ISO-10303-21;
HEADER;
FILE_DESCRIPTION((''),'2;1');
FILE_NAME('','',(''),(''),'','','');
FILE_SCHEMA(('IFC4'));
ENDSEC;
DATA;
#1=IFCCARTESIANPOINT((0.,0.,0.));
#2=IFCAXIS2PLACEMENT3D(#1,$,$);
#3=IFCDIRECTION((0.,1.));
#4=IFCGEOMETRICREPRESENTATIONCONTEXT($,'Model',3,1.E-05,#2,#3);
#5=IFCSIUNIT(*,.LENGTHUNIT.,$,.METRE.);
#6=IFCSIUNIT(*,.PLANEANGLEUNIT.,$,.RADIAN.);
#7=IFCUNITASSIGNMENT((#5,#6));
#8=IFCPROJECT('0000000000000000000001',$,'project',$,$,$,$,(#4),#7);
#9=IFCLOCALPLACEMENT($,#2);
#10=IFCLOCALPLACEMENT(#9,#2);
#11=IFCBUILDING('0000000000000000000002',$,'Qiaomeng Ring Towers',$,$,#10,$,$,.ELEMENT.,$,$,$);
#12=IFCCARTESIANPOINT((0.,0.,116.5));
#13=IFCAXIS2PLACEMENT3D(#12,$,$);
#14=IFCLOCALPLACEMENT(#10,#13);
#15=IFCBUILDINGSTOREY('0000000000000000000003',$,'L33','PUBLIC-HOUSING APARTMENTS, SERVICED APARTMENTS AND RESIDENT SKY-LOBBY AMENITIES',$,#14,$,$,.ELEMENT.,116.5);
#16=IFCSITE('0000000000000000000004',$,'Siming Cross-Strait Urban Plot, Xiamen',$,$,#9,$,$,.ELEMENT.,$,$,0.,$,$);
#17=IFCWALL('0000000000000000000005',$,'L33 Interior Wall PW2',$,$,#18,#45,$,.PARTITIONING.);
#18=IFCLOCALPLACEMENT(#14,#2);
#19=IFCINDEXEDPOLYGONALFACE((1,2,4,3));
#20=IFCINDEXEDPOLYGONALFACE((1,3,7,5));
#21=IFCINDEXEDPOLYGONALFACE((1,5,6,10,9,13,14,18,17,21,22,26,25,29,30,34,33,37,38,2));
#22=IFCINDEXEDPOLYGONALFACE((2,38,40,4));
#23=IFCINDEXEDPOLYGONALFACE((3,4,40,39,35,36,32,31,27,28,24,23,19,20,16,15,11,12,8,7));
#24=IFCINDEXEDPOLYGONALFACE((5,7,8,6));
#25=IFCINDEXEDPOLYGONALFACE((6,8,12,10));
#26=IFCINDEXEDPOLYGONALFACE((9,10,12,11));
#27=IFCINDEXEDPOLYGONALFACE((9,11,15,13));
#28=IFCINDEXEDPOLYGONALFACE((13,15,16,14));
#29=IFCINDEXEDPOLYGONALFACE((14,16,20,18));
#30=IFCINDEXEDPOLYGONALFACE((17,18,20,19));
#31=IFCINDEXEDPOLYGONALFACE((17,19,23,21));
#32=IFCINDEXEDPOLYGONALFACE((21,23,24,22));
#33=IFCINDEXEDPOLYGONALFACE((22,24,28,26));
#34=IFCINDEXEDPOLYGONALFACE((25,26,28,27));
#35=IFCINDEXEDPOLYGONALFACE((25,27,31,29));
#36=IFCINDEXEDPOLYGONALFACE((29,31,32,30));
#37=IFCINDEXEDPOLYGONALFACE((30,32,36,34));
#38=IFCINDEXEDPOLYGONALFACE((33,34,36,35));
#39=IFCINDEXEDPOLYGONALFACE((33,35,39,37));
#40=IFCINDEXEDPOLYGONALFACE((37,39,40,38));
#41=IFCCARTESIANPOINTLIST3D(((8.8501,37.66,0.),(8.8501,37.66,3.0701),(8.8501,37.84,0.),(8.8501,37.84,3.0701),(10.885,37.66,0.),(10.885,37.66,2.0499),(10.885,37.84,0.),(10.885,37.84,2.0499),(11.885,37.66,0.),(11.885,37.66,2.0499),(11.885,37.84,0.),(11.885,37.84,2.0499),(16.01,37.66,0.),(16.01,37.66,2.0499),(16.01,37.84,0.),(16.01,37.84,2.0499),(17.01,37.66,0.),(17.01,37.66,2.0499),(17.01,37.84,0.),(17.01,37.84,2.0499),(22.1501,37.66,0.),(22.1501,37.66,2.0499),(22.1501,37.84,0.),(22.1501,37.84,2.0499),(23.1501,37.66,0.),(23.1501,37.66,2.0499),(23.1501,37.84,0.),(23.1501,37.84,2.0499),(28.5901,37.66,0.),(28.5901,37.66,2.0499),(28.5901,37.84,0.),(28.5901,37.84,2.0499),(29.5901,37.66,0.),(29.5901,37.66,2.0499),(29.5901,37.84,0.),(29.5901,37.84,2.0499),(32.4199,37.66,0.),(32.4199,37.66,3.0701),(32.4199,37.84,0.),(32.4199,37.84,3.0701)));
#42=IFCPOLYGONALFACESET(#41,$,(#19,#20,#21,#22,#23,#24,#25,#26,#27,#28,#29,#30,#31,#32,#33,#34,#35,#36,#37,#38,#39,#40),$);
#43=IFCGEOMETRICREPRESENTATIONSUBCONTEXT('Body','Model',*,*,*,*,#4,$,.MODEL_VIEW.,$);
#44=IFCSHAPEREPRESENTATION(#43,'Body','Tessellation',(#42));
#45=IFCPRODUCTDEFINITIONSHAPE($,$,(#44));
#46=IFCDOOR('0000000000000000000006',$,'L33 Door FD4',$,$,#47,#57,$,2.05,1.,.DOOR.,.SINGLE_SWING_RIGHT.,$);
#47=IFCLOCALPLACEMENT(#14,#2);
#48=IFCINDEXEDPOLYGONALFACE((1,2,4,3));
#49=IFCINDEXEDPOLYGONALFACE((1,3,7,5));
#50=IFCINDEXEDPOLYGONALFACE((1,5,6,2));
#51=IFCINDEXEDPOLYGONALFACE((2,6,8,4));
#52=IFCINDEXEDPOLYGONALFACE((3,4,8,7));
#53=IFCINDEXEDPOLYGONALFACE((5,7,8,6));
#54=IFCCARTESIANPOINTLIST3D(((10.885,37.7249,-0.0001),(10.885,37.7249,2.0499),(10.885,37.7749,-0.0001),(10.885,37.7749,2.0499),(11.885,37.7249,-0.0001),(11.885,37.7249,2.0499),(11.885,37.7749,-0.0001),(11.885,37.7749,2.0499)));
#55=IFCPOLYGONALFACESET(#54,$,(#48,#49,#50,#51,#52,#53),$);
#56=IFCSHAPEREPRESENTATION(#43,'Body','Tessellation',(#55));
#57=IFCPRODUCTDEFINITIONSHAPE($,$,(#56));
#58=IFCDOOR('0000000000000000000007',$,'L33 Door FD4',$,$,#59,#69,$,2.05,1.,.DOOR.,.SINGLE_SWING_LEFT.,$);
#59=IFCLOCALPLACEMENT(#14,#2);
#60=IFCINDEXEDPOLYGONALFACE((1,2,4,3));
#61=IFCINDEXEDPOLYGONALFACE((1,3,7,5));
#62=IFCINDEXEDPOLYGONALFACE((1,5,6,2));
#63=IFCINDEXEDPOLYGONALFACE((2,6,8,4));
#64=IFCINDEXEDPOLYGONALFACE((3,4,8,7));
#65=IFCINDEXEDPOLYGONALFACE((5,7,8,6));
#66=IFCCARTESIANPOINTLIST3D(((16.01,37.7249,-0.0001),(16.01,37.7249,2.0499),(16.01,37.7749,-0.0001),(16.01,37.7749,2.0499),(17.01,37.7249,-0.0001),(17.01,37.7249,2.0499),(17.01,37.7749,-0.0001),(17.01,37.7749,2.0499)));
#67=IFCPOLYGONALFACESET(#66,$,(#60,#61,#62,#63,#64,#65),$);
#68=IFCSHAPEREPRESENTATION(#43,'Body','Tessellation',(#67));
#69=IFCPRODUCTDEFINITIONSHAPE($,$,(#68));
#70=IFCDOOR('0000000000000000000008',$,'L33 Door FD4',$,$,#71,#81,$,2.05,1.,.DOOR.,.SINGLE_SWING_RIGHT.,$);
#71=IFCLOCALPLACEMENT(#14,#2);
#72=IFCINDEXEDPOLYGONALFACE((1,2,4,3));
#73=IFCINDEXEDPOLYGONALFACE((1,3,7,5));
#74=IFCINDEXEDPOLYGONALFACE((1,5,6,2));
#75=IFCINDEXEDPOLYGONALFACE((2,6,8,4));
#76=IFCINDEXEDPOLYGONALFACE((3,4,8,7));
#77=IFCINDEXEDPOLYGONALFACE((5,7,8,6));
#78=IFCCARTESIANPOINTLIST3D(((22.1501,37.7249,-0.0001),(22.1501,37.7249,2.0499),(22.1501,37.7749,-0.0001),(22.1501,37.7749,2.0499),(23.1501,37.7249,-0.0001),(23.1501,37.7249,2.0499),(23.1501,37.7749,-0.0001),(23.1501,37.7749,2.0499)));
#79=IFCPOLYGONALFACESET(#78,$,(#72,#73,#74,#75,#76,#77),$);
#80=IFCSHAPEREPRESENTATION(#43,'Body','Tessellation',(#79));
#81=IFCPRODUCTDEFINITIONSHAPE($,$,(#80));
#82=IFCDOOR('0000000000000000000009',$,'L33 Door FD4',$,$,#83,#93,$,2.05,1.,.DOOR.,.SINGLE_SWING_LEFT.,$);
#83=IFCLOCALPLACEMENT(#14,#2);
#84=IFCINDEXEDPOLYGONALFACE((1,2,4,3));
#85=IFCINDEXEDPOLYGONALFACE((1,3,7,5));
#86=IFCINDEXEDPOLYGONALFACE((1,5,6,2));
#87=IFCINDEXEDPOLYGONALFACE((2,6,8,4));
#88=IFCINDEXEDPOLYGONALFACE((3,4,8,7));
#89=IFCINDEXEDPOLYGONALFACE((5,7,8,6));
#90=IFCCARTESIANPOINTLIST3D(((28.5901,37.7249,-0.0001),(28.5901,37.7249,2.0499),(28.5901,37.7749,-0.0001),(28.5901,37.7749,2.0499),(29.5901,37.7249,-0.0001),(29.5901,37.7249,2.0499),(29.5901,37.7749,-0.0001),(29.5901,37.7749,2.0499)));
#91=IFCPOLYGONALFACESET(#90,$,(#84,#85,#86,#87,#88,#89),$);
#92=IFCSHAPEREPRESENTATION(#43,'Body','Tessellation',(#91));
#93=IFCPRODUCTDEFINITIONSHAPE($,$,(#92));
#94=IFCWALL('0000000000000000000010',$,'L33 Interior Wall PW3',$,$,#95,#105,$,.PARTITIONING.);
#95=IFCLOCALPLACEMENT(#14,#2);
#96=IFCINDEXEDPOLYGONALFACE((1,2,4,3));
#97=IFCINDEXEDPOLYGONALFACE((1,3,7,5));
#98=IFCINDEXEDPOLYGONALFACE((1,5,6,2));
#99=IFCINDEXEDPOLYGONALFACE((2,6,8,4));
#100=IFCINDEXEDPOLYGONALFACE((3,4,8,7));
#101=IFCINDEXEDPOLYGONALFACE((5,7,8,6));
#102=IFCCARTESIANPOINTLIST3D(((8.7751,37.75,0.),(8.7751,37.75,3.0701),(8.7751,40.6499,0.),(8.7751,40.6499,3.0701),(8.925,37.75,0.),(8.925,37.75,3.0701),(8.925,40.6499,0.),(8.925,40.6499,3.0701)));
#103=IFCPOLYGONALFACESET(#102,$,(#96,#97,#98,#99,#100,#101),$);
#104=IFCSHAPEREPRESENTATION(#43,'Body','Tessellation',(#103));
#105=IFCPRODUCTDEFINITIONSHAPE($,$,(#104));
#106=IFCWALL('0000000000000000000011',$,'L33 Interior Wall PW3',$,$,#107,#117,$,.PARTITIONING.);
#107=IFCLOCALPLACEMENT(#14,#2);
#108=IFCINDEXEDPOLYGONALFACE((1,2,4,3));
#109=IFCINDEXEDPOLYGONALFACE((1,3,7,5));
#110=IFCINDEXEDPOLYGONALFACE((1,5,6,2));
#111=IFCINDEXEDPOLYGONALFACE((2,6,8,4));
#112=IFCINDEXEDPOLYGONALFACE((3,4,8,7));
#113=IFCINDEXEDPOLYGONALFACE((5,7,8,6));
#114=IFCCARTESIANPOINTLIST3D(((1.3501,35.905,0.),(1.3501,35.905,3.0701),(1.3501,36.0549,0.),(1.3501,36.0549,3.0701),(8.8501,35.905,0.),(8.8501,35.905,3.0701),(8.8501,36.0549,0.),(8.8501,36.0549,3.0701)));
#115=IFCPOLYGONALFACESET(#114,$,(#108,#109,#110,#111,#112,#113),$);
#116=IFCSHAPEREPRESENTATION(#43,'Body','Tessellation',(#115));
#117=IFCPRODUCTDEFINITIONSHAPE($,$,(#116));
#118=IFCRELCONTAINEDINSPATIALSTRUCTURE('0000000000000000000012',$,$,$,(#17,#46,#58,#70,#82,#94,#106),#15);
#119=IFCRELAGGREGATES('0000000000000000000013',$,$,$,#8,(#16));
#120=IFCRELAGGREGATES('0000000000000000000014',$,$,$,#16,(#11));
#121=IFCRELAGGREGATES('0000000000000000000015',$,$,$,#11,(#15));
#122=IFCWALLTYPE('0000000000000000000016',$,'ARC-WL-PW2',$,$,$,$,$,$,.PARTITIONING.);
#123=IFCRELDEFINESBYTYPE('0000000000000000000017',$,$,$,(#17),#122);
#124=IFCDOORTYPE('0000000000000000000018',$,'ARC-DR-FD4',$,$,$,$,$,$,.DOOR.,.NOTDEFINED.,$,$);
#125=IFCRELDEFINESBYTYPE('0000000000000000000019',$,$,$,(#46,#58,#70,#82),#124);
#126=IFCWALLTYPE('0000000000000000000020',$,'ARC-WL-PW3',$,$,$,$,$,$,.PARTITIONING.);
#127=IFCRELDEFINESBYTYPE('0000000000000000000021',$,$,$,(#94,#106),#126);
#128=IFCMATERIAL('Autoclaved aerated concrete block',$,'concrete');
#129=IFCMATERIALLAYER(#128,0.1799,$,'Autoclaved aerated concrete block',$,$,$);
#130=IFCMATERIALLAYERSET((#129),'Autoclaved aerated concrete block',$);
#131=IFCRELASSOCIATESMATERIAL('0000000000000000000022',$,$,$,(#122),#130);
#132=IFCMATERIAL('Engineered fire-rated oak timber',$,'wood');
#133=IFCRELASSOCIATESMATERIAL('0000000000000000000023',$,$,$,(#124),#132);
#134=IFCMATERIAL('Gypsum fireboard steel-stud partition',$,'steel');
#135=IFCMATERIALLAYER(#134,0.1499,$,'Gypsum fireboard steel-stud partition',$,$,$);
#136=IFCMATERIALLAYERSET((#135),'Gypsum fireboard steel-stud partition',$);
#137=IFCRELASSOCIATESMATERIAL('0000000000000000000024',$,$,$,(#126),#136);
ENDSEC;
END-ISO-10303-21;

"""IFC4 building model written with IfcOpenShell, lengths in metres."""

from ifc_helpers import new_model, si_unit, direction, frame, frame_2d, origin, place, context, subcontext, project, spatial, rectangle, extrude, source, transform, mapped, material, layer, layer_set, type_object, element, fill, save


model = new_model("IFC4")

# Units and contexts
model_context = context("Model", 3, precision=1e-05, world=origin(), true_north=direction((0.0, 1.0)))
body_context = subcontext(model_context, "Body", "Model", "MODEL_VIEW")
ifc_project = project(units=[si_unit("LENGTHUNIT", "METRE"), si_unit("PLANEANGLEUNIT", "RADIAN")], contexts=[model_context])

# Site, building, storey
site_placement = place(None, origin())
site = spatial("IfcSite", under=ifc_project, at=site_placement, Name="Siming Cross-Strait Urban Plot, Xiamen", CompositionType="ELEMENT", RefElevation=0.0)
building_placement = place(site_placement, origin())
building = spatial("IfcBuilding", under=site, at=building_placement, Name="Qiaomeng Ring Towers", CompositionType="ELEMENT")
storey_placement = place(building_placement, frame((0.0, 0.0, 116.5)))
storey = spatial("IfcBuildingStorey", under=building, at=storey_placement, Name="L33", Description="PUBLIC-HOUSING APARTMENTS, SERVICED APARTMENTS AND RESIDENT SKY-LOBBY AMENITIES", CompositionType="ELEMENT", Elevation=116.5)

# Wall, openings, doors
ifc_material_1 = material(Name="Autoclaved aerated concrete block", Category="concrete")
ifc_layer_1 = layer(ifc_material_1, 0.1799, Name="Autoclaved aerated concrete block")
ifc_layer_set_1 = layer_set([ifc_layer_1], Name="Autoclaved aerated concrete block")
wall_type_1 = type_object("IfcWallType", Name="ARC-WL-PW2", PredefinedType="PARTITIONING", material=ifc_layer_set_1)
wall_1_placement = place(storey_placement, frame((8.8501, 37.75, 0.0), z_axis=(0.0, 0.0, 1.0), x_axis=(1.0, 0.0, 0.0)))
wall_1 = element("IfcWall", 1, at=wall_1_placement, inside=storey, type_object=wall_type_1, Name="L33 Interior Wall PW2", PredefinedType="PARTITIONING", context=body_context, shape_type="SweptSolid", body=[
    extrude(rectangle(XDim=23.5698, YDim=0.1799, at=frame_2d((11.7849, 0.0))), origin(), (0.0, 0.0, 1.0), 3.0701),
])
opening_1_placement = place(wall_1_placement, frame((2.0349, 0.0, 0.0)))
opening_1 = element("IfcOpeningElement", 2, at=opening_1_placement, cuts=wall_1, PredefinedType="OPENING", context=body_context, shape_type="SweptSolid", body=[
    extrude(rectangle(XDim=1.0, YDim=2.05, at=frame_2d((0.5, 1.0249))), frame((0.0, 0.0999, 0.0), z_axis=(0.0, -1.0, 0.0), x_axis=(1.0, 0.0, 0.0)), (0.0, 0.0, 1.0), 0.2),
])
opening_2_placement = place(wall_1_placement, frame((7.1599, 0.0, 0.0)))
opening_2 = element("IfcOpeningElement", 3, at=opening_2_placement, cuts=wall_1, PredefinedType="OPENING", context=body_context, shape_type="SweptSolid", body=[
    extrude(rectangle(XDim=1.0, YDim=2.05, at=frame_2d((0.5, 1.0249))), frame((0.0, 0.0999, 0.0), z_axis=(0.0, -1.0, 0.0), x_axis=(1.0, 0.0, 0.0)), (0.0, 0.0, 1.0), 0.2),
])
opening_3_placement = place(wall_1_placement, frame((13.3, 0.0, 0.0)))
opening_3 = element("IfcOpeningElement", 4, at=opening_3_placement, cuts=wall_1, PredefinedType="OPENING", context=body_context, shape_type="SweptSolid", body=[
    extrude(rectangle(XDim=1.0, YDim=2.05, at=frame_2d((0.5, 1.0249))), frame((0.0, 0.0999, 0.0), z_axis=(0.0, -1.0, 0.0), x_axis=(1.0, 0.0, 0.0)), (0.0, 0.0, 1.0), 0.2),
])
opening_4_placement = place(wall_1_placement, frame((19.74, 0.0, 0.0)))
opening_4 = element("IfcOpeningElement", 5, at=opening_4_placement, cuts=wall_1, PredefinedType="OPENING", context=body_context, shape_type="SweptSolid", body=[
    extrude(rectangle(XDim=1.0, YDim=2.05, at=frame_2d((0.5, 1.0249))), frame((0.0, 0.0999, 0.0), z_axis=(0.0, -1.0, 0.0), x_axis=(1.0, 0.0, 0.0)), (0.0, 0.0, 1.0), 0.2),
])
ifc_material_2 = material(Name="Engineered fire-rated oak timber", Category="wood")
door_type_1 = type_object("IfcDoorType", Name="ARC-DR-FD4", OperationType="NOTDEFINED", PredefinedType="DOOR", material=ifc_material_2)
shared_shape_1 = source(origin(), body_context, "Body", "SweptSolid", [
    extrude(rectangle(XDim=1.0, YDim=2.05, at=frame_2d((0.5, 1.0249))), frame((0.0, 0.0249, 0.0), z_axis=(0.0, -1.0, 0.0), x_axis=(1.0, 0.0, 0.0)), (0.0, 0.0, 1.0), 0.05),
])
door_1_placement = place(opening_1_placement, origin())
door_1 = element("IfcDoor", 6, at=door_1_placement, inside=storey, type_object=door_type_1, Name="L33 Door FD4", OperationType="SINGLE_SWING_RIGHT", OverallHeight=2.05, OverallWidth=1.0, PredefinedType="DOOR", context=body_context, shape_type="MappedRepresentation", body=[
    mapped(shared_shape_1, transform((0.0, 0.0, 0.0), x_axis=(1.0, 0.0, 0.0), y_axis=(0.0, 1.0, 0.0), z_axis=(0.0, 0.0, 1.0), scale=1.0)),
])
fill(opening_1, door_1)
door_2_placement = place(opening_2_placement, origin())
door_2 = element("IfcDoor", 7, at=door_2_placement, inside=storey, type_object=door_type_1, Name="L33 Door FD4", OperationType="SINGLE_SWING_LEFT", OverallHeight=2.05, OverallWidth=1.0, PredefinedType="DOOR", context=body_context, shape_type="MappedRepresentation", body=[
    mapped(shared_shape_1, transform((0.0, 0.0, 0.0), x_axis=(1.0, 0.0, 0.0), y_axis=(0.0, 1.0, 0.0), z_axis=(0.0, 0.0, 1.0), scale=1.0)),
])
fill(opening_2, door_2)
door_3_placement = place(opening_3_placement, origin())
door_3 = element("IfcDoor", 8, at=door_3_placement, inside=storey, type_object=door_type_1, Name="L33 Door FD4", OperationType="SINGLE_SWING_RIGHT", OverallHeight=2.05, OverallWidth=1.0, PredefinedType="DOOR", context=body_context, shape_type="MappedRepresentation", body=[
    mapped(shared_shape_1, transform((0.0, 0.0, 0.0), x_axis=(1.0, 0.0, 0.0), y_axis=(0.0, 1.0, 0.0), z_axis=(0.0, 0.0, 1.0), scale=1.0)),
])
fill(opening_3, door_3)
door_4_placement = place(opening_4_placement, origin())
door_4 = element("IfcDoor", 9, at=door_4_placement, inside=storey, type_object=door_type_1, Name="L33 Door FD4", OperationType="SINGLE_SWING_LEFT", OverallHeight=2.05, OverallWidth=1.0, PredefinedType="DOOR", context=body_context, shape_type="MappedRepresentation", body=[
    mapped(shared_shape_1, transform((0.0, 0.0, 0.0), x_axis=(1.0, 0.0, 0.0), y_axis=(0.0, 1.0, 0.0), z_axis=(0.0, 0.0, 1.0), scale=1.0)),
])
fill(opening_4, door_4)

# Walls
ifc_material_3 = material(Name="Gypsum fireboard steel-stud partition", Category="steel")
ifc_layer_2 = layer(ifc_material_3, 0.1499, Name="Gypsum fireboard steel-stud partition")
ifc_layer_set_2 = layer_set([ifc_layer_2], Name="Gypsum fireboard steel-stud partition")
wall_type_2 = type_object("IfcWallType", Name="ARC-WL-PW3", PredefinedType="PARTITIONING", material=ifc_layer_set_2)
wall_2_placement = place(storey_placement, frame((8.8501, 37.75, 0.0), z_axis=(0.0, 0.0, 1.0), x_axis=(0.0, 1.0, 0.0)))
element("IfcWall", 10, at=wall_2_placement, inside=storey, type_object=wall_type_2, Name="L33 Interior Wall PW3", PredefinedType="PARTITIONING", context=body_context, shape_type="SweptSolid", body=[
    extrude(rectangle(XDim=2.8999, YDim=0.1499, at=frame_2d((1.45, 0.0))), origin(), (0.0, 0.0, 1.0), 3.0701),
])
wall_3_placement = place(storey_placement, frame((1.3501, 35.98, 0.0), z_axis=(0.0, 0.0, 1.0), x_axis=(1.0, 0.0, 0.0)))
element("IfcWall", 11, at=wall_3_placement, inside=storey, type_object=wall_type_2, Name="L33 Interior Wall PW3", PredefinedType="PARTITIONING", context=body_context, shape_type="SweptSolid", body=[
    extrude(rectangle(XDim=7.5, YDim=0.1499, at=frame_2d((3.75, 0.0))), origin(), (0.0, 0.0, 1.0), 3.0701),
])

save(model, "model.ifc")
